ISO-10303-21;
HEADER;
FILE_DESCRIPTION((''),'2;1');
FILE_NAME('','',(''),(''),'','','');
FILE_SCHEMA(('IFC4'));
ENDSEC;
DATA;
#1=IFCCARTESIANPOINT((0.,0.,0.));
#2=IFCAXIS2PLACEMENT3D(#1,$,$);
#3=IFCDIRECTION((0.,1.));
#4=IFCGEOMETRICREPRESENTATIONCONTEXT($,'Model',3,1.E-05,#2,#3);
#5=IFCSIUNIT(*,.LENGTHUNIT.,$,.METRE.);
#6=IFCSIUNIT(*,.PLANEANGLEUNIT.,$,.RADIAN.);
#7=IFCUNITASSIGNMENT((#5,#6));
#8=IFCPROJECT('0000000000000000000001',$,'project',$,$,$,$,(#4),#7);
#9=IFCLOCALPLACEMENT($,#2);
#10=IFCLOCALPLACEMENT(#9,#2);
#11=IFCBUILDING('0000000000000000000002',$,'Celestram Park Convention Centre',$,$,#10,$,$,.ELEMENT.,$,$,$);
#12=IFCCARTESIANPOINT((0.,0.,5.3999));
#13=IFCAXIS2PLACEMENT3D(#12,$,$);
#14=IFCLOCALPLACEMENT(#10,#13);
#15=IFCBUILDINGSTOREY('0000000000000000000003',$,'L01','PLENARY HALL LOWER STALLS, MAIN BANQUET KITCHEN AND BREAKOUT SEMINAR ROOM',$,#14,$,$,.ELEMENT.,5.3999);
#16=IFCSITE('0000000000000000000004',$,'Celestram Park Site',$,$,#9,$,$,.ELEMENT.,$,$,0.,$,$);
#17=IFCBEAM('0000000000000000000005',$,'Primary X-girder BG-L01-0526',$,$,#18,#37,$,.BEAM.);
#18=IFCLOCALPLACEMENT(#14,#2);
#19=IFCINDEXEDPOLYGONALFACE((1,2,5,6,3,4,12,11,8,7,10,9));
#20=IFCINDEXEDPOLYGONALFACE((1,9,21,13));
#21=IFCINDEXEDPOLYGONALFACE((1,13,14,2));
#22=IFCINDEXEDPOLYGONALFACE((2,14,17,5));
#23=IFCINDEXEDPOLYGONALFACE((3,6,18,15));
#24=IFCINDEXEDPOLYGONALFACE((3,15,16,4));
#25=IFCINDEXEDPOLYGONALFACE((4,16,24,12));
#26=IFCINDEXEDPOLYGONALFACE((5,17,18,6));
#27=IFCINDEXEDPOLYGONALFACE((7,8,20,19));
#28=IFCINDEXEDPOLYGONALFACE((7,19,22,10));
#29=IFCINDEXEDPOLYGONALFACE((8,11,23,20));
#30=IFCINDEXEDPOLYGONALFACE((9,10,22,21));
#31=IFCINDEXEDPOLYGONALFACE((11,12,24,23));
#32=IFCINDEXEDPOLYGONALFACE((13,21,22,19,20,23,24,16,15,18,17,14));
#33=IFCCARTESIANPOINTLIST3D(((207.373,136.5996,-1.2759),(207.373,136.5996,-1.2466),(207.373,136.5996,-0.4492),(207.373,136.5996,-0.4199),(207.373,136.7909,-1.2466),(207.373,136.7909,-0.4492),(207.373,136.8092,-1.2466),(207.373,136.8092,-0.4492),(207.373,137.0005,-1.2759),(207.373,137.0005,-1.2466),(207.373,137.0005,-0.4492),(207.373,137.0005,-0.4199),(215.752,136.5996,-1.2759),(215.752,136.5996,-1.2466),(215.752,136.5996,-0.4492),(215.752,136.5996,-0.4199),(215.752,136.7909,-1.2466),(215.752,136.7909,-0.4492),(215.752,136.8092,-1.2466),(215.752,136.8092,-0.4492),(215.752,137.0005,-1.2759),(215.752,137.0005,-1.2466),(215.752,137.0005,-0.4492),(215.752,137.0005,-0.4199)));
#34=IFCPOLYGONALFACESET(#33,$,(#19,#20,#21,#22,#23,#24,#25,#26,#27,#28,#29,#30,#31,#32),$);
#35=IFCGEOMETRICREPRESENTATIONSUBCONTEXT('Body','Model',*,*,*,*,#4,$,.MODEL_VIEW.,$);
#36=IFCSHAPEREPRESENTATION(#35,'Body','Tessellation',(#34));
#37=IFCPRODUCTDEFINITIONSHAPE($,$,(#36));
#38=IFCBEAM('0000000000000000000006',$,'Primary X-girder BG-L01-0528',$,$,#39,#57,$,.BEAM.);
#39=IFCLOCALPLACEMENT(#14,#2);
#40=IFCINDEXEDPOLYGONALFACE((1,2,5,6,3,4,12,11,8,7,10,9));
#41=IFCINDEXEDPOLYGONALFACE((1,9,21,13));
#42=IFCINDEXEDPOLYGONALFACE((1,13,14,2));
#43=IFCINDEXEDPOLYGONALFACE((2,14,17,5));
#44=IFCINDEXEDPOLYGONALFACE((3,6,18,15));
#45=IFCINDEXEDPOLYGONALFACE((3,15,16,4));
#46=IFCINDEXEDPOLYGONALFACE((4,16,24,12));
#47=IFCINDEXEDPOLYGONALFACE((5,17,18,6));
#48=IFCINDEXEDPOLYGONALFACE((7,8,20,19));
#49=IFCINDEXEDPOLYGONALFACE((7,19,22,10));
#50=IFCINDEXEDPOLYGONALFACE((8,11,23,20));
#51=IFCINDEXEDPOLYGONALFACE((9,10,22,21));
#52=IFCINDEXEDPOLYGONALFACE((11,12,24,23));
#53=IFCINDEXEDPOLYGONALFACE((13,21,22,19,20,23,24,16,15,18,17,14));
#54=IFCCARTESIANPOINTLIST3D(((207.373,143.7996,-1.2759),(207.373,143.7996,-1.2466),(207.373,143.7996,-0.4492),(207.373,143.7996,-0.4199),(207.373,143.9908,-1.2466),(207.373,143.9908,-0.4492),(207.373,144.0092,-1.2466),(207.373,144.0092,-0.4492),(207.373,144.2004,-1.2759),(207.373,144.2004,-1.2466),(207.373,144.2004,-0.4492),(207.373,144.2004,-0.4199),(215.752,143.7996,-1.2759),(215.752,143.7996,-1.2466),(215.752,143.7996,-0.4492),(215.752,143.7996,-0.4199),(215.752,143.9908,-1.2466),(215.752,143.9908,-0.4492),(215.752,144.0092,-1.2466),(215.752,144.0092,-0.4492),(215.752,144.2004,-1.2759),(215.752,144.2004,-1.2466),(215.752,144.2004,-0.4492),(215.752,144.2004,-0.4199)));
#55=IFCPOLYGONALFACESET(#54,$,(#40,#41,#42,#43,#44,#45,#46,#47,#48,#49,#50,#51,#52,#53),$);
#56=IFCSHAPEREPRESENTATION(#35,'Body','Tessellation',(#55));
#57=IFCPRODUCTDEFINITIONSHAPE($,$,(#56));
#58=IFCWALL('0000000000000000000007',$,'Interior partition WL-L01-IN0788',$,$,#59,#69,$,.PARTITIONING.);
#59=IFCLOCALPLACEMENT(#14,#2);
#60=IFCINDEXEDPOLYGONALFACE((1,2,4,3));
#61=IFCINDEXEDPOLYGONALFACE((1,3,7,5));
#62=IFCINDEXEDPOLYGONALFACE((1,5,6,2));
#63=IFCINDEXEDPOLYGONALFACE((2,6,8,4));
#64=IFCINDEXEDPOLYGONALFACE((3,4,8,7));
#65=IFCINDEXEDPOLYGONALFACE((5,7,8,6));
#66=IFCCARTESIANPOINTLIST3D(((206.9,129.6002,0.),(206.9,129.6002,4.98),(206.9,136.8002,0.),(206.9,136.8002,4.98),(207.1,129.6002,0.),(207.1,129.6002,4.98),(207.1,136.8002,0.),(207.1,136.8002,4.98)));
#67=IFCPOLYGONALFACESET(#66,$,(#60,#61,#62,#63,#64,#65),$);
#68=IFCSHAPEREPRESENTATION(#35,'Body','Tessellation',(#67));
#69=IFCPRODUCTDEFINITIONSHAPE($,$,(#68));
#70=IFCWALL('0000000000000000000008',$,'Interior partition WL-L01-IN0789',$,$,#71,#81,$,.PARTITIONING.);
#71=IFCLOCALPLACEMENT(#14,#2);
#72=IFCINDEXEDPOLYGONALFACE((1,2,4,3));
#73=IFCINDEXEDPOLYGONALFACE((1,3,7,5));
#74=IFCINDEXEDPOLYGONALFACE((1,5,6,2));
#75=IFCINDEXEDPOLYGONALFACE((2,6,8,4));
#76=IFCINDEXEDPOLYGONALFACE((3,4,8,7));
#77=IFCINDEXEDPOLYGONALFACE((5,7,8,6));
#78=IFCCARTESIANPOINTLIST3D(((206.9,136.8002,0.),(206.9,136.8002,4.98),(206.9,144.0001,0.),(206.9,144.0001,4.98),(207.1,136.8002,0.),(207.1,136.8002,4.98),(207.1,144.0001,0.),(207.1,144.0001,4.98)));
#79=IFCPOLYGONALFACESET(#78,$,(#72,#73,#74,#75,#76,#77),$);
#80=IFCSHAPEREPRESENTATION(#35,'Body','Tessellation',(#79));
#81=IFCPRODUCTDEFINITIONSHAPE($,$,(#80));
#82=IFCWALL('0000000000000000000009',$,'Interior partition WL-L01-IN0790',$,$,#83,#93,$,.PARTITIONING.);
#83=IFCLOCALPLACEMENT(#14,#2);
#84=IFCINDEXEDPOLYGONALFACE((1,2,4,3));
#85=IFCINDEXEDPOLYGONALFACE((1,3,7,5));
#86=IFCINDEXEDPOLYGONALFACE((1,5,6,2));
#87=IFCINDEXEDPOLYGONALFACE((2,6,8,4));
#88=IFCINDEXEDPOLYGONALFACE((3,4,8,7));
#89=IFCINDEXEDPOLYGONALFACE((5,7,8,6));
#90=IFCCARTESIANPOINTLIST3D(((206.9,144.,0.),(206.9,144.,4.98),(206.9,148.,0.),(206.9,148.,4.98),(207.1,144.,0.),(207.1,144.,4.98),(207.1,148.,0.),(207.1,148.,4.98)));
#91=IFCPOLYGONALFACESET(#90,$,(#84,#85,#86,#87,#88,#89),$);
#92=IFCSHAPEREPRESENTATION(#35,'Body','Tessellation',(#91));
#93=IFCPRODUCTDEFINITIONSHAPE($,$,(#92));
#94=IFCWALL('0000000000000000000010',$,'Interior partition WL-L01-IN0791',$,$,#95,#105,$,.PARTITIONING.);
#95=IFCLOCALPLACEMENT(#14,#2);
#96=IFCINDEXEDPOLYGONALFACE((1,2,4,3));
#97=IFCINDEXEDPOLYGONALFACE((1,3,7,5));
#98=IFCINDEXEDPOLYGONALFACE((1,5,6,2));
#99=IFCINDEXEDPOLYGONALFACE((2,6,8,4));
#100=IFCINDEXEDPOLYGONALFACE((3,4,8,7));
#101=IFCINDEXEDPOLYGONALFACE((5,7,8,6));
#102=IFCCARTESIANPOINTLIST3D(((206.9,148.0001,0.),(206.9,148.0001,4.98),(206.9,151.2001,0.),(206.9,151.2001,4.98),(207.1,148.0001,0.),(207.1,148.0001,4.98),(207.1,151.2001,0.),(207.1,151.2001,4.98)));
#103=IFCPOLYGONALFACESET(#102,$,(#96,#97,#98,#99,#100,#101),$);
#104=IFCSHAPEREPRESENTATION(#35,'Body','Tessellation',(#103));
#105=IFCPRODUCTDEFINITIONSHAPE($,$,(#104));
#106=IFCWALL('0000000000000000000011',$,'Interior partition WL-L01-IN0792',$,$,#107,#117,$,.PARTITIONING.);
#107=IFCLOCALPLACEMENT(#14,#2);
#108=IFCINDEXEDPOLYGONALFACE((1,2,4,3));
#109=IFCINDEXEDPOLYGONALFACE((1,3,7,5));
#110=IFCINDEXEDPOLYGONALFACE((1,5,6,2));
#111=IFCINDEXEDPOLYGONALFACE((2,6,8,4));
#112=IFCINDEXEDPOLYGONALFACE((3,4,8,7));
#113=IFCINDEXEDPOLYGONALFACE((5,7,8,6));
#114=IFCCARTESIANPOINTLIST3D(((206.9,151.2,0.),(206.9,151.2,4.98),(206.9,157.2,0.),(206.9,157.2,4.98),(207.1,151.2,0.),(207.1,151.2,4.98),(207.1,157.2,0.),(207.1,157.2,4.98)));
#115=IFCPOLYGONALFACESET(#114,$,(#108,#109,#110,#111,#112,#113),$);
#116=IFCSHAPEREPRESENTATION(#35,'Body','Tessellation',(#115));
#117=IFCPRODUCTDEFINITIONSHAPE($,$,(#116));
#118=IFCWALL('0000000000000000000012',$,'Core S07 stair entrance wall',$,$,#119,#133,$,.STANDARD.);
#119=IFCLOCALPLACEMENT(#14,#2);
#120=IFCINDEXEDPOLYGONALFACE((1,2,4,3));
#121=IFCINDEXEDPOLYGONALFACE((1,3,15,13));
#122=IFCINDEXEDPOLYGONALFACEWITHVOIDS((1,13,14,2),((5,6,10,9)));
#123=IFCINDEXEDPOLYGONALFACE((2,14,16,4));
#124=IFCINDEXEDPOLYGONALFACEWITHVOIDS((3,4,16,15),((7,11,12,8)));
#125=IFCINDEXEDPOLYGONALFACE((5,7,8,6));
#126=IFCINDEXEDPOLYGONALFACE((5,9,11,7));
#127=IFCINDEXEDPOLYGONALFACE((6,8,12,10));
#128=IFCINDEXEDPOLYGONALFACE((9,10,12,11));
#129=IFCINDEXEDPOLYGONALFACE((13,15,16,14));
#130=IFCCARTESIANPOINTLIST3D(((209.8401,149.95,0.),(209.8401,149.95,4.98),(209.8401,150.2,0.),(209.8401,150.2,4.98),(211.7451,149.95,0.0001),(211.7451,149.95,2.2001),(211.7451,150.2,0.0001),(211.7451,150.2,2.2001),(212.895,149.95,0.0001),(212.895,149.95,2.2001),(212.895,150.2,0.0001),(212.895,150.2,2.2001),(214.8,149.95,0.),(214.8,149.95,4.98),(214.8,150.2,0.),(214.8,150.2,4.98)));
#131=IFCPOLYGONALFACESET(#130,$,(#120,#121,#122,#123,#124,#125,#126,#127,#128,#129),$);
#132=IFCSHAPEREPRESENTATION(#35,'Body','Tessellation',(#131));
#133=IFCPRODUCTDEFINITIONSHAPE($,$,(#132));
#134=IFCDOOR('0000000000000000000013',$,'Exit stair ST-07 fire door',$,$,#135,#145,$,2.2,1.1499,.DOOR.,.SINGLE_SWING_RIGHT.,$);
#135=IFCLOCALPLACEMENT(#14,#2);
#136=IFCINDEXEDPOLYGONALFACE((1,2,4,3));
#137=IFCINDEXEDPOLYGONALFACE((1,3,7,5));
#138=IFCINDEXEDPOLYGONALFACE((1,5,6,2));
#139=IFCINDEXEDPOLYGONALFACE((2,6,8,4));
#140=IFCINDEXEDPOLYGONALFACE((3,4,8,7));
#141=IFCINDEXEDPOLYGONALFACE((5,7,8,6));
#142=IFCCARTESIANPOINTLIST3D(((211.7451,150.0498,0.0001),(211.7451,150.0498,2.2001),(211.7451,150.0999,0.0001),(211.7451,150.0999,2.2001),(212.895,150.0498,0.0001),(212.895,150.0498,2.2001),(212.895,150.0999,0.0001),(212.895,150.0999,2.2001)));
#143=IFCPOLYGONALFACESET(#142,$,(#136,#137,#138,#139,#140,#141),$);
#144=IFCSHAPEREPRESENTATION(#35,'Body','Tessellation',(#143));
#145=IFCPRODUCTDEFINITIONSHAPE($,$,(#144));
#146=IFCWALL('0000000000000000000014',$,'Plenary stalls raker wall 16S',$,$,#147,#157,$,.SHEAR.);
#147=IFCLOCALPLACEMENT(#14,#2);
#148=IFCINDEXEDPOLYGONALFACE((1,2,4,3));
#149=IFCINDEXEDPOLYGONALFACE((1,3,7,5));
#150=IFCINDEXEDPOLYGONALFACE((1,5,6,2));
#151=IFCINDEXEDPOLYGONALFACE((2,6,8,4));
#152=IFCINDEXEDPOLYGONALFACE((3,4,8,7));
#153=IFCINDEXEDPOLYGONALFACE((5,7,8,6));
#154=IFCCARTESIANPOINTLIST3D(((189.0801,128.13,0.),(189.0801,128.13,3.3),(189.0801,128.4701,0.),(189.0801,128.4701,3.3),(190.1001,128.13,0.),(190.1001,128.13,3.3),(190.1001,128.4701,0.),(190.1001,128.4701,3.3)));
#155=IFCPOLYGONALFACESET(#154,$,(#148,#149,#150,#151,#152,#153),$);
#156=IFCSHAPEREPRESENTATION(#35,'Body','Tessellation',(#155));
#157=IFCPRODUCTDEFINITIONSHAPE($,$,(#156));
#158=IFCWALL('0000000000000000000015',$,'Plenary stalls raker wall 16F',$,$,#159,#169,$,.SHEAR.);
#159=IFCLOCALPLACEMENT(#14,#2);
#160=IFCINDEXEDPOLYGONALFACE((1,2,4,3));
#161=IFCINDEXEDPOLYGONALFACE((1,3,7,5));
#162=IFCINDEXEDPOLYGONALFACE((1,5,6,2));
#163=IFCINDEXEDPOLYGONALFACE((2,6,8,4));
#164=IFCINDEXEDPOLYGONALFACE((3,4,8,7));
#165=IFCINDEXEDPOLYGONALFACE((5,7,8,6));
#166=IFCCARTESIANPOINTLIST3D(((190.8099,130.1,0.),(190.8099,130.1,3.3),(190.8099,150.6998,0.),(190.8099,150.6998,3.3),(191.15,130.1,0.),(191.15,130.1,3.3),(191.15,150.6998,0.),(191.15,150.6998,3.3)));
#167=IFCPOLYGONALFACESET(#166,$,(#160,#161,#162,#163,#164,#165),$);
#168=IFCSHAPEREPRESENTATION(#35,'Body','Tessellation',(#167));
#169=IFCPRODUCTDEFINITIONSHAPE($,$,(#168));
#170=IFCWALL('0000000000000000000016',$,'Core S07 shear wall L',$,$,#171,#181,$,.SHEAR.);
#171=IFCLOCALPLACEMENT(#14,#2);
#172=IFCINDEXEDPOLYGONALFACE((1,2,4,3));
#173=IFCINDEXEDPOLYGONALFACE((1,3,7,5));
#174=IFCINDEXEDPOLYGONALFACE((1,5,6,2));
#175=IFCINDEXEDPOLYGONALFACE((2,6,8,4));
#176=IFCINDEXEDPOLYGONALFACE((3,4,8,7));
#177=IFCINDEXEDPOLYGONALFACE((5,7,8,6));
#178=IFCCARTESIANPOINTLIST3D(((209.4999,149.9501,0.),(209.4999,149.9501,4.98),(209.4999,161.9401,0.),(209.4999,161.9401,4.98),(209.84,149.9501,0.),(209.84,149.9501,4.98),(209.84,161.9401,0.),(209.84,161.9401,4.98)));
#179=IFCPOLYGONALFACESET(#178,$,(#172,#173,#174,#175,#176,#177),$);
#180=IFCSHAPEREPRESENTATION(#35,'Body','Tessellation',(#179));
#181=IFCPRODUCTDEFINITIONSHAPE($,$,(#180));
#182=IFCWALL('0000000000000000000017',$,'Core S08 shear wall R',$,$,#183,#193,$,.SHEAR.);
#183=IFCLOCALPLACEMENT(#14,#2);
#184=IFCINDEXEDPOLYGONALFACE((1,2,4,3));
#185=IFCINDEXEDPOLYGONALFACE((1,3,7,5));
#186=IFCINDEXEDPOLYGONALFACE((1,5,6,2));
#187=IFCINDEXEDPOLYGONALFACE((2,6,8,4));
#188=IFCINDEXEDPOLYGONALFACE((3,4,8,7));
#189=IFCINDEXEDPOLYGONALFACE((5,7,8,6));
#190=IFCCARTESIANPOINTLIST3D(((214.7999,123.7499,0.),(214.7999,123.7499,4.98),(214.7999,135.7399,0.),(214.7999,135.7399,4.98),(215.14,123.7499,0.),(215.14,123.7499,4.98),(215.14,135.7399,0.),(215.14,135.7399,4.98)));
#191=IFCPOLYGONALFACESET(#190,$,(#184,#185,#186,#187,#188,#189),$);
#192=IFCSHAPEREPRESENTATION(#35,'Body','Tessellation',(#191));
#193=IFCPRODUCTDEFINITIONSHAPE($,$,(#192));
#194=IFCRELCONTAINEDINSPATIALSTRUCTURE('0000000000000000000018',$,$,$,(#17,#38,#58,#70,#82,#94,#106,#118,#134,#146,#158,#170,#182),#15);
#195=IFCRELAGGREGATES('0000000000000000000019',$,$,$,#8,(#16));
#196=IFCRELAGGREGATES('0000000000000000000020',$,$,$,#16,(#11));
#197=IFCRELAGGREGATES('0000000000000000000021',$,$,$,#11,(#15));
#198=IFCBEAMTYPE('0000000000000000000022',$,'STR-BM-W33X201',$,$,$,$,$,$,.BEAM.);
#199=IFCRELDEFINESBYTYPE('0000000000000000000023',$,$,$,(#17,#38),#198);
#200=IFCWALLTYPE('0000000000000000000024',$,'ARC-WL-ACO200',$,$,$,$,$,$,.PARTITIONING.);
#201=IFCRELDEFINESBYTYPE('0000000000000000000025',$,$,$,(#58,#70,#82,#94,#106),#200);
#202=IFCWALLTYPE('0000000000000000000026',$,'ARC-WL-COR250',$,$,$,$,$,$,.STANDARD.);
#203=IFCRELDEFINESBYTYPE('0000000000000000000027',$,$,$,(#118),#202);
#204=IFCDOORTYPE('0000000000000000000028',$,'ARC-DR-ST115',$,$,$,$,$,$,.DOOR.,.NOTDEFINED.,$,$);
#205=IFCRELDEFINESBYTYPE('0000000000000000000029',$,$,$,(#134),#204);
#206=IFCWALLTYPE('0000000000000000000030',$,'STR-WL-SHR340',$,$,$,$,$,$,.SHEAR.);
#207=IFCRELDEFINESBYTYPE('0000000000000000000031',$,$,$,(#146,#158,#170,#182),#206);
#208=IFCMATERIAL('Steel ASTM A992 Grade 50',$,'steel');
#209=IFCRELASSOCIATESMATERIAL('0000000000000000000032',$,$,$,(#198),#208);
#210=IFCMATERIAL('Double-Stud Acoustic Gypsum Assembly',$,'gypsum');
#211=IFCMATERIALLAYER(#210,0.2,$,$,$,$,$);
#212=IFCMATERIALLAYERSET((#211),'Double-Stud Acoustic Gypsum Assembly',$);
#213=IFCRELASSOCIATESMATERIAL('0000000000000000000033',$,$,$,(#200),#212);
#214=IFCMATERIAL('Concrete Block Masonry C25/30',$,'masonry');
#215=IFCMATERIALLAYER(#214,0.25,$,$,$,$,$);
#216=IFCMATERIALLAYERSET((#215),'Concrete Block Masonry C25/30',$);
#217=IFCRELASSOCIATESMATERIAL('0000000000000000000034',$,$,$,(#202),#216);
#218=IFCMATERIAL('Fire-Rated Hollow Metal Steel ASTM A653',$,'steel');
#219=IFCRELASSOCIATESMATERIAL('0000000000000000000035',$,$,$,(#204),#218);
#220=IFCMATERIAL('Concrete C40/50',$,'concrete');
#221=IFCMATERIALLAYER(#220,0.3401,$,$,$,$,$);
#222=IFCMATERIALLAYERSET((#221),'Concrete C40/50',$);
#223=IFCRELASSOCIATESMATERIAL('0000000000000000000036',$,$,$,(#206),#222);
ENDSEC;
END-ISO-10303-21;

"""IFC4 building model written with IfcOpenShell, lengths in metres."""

from ifc_helpers import new_model, si_unit, direction, frame, frame_2d, origin, origin_2d, place, context, subcontext, project, spatial, rectangle, i_section, extrude, material, layer, layer_set, material_profile, profile_set, type_object, element, fill, save


model = new_model("IFC4")

# Units and contexts
model_context = context("Model", 3, precision=1e-05, world=origin(), true_north=direction((0.0, 1.0)))
body_context = subcontext(model_context, "Body", "Model", "MODEL_VIEW")
ifc_project = project(units=[si_unit("LENGTHUNIT", "METRE"), si_unit("PLANEANGLEUNIT", "RADIAN")], contexts=[model_context])

# Site, building, storey
site_placement = place(None, origin())
site = spatial("IfcSite", under=ifc_project, at=site_placement, Name="Celestram Park Site", CompositionType="ELEMENT", RefElevation=0.0)
building_placement = place(site_placement, origin())
building = spatial("IfcBuilding", under=site, at=building_placement, Name="Celestram Park Convention Centre", CompositionType="ELEMENT")
storey_placement = place(building_placement, frame((0.0, 0.0, 5.3999)))
storey = spatial("IfcBuildingStorey", under=building, at=storey_placement, Name="L01", Description="PLENARY HALL LOWER STALLS, MAIN BANQUET KITCHEN AND BREAKOUT SEMINAR ROOM", CompositionType="ELEMENT", Elevation=5.3999)

# Beams
ifc_material_1 = material(Name="Steel ASTM A992 Grade 50", Category="steel")
ifc_material_profile_1 = material_profile(ifc_material_1, i_section(OverallWidth=0.4009, OverallDepth=0.856, WebThickness=0.0183, FlangeThickness=0.0293, at=origin_2d()), Name="W33X201")
ifc_profile_set_1 = profile_set([ifc_material_profile_1], Name="Steel ASTM A992 Grade 50")
beam_type_1 = type_object("IfcBeamType", Name="STR-BM-W33X201", PredefinedType="BEAM", material=ifc_profile_set_1)
for number, where, z_axis, x_axis, name in (
    (1, (207.373, 136.8, -0.8479), (1.0, 0.0, 0.0), (0.0, 1.0, 0.0), "Primary X-girder BG-L01-0526"),
    (2, (207.373, 144.0, -0.8479), (1.0, 0.0, 0.0), (0.0, 1.0, 0.0), "Primary X-girder BG-L01-0528"),
):
    element("IfcBeam", number, at=place(storey_placement, frame(where, z_axis=z_axis, x_axis=x_axis)), inside=storey, type_object=beam_type_1, Name=name, PredefinedType="BEAM", context=body_context, shape_type="SweptSolid", body=[
        extrude(i_section(OverallWidth=0.4009, OverallDepth=0.856, WebThickness=0.0183, FlangeThickness=0.0293, at=origin_2d()), origin(), (0.0, 0.0, 1.0), 8.3789),
    ])

# Walls
ifc_material_2 = material(Name="Double-Stud Acoustic Gypsum Assembly", Category="gypsum")
ifc_layer_1 = layer(ifc_material_2, 0.2)
ifc_layer_set_1 = layer_set([ifc_layer_1], Name="Double-Stud Acoustic Gypsum Assembly")
wall_type_1 = type_object("IfcWallType", Name="ARC-WL-ACO200", PredefinedType="PARTITIONING", material=ifc_layer_set_1)
for number, where, z_axis, x_axis, name in (
    (3, (207.0, 129.6001, 0.0), (0.0, 0.0, 1.0), (0.0, 1.0, 0.0), "Interior partition WL-L01-IN0788"),
    (4, (207.0, 136.8, 0.0), (0.0, 0.0, 1.0), (0.0, 1.0, 0.0), "Interior partition WL-L01-IN0789"),
):
    element("IfcWall", number, at=place(storey_placement, frame(where, z_axis=z_axis, x_axis=x_axis)), inside=storey, type_object=wall_type_1, Name=name, PredefinedType="PARTITIONING", context=body_context, shape_type="SweptSolid", body=[
        extrude(rectangle(XDim=7.2, YDim=0.2, at=frame_2d((3.6001, 0.0))), origin(), (0.0, 0.0, 1.0), 4.98),
    ])
wall_1_placement = place(storey_placement, frame((207.0, 144.0, 0.0), z_axis=(0.0, 0.0, 1.0), x_axis=(0.0, 1.0, 0.0)))
element("IfcWall", 5, at=wall_1_placement, inside=storey, type_object=wall_type_1, Name="Interior partition WL-L01-IN0790", PredefinedType="PARTITIONING", context=body_context, shape_type="SweptSolid", body=[
    extrude(rectangle(XDim=4.0, YDim=0.2, at=frame_2d((2.0, 0.0))), origin(), (0.0, 0.0, 1.0), 4.98),
])
wall_2_placement = place(storey_placement, frame((207.0, 148.0, 0.0), z_axis=(0.0, 0.0, 1.0), x_axis=(0.0, 1.0, 0.0)))
element("IfcWall", 6, at=wall_2_placement, inside=storey, type_object=wall_type_1, Name="Interior partition WL-L01-IN0791", PredefinedType="PARTITIONING", context=body_context, shape_type="SweptSolid", body=[
    extrude(rectangle(XDim=3.2, YDim=0.2, at=frame_2d((1.6001, 0.0))), origin(), (0.0, 0.0, 1.0), 4.98),
])
wall_3_placement = place(storey_placement, frame((207.0, 151.2, 0.0), z_axis=(0.0, 0.0, 1.0), x_axis=(0.0, 1.0, 0.0)))
element("IfcWall", 7, at=wall_3_placement, inside=storey, type_object=wall_type_1, Name="Interior partition WL-L01-IN0792", PredefinedType="PARTITIONING", context=body_context, shape_type="SweptSolid", body=[
    extrude(rectangle(XDim=6.0, YDim=0.2, at=frame_2d((3.0, 0.0))), origin(), (0.0, 0.0, 1.0), 4.98),
])

# Wall, opening, door
ifc_material_3 = material(Name="Concrete Block Masonry C25/30", Category="masonry")
ifc_layer_2 = layer(ifc_material_3, 0.25)
ifc_layer_set_2 = layer_set([ifc_layer_2], Name="Concrete Block Masonry C25/30")
wall_type_2 = type_object("IfcWallType", Name="ARC-WL-COR250", PredefinedType="STANDARD", material=ifc_layer_set_2)
wall_4_placement = place(storey_placement, frame((209.8401, 150.075, 0.0), z_axis=(0.0, 0.0, 1.0), x_axis=(1.0, 0.0, 0.0)))
wall_4 = element("IfcWall", 8, at=wall_4_placement, inside=storey, type_object=wall_type_2, Name="Core S07 stair entrance wall", PredefinedType="STANDARD", context=body_context, shape_type="SweptSolid", body=[
    extrude(rectangle(XDim=4.96, YDim=0.25, at=frame_2d((2.48, 0.0))), origin(), (0.0, 0.0, 1.0), 4.98),
])
opening_placement = place(wall_4_placement, frame((1.905, 0.0, 0.0)))
opening = element("IfcOpeningElement", 9, at=opening_placement, cuts=wall_4, PredefinedType="OPENING", context=body_context, shape_type="SweptSolid", body=[
    extrude(rectangle(XDim=1.1499, YDim=2.2, at=frame_2d((0.575, 1.1001))), frame((0.0, 0.135, 0.0), z_axis=(0.0, -1.0, 0.0), x_axis=(1.0, 0.0, 0.0)), (0.0, 0.0, 1.0), 0.27),
])
ifc_material_4 = material(Name="Fire-Rated Hollow Metal Steel ASTM A653", Category="steel")
door_type = type_object("IfcDoorType", Name="ARC-DR-ST115", OperationType="NOTDEFINED", PredefinedType="DOOR", material=ifc_material_4)
door_placement = place(opening_placement, origin())
door = element("IfcDoor", 10, at=door_placement, inside=storey, type_object=door_type, Name="Exit stair ST-07 fire door", OperationType="SINGLE_SWING_RIGHT", OverallHeight=2.2, OverallWidth=1.1499, PredefinedType="DOOR", context=body_context, shape_type="SweptSolid", body=[
    extrude(rectangle(XDim=1.1499, YDim=2.2, at=frame_2d((0.575, 1.1001))), frame((0.0, 0.0249, 0.0), z_axis=(0.0, -1.0, 0.0), x_axis=(1.0, 0.0, 0.0)), (0.0, 0.0, 1.0), 0.05),
])
fill(opening, door)

# Walls
ifc_material_5 = material(Name="Concrete C40/50", Category="concrete")
ifc_layer_3 = layer(ifc_material_5, 0.3401)
ifc_layer_set_3 = layer_set([ifc_layer_3], Name="Concrete C40/50")
wall_type_3 = type_object("IfcWallType", Name="STR-WL-SHR340", PredefinedType="SHEAR", material=ifc_layer_set_3)
wall_5_placement = place(storey_placement, frame((189.0801, 128.3, 0.0), z_axis=(0.0, 0.0, 1.0), x_axis=(1.0, 0.0, 0.0)))
element("IfcWall", 11, at=wall_5_placement, inside=storey, type_object=wall_type_3, Name="Plenary stalls raker wall 16S", PredefinedType="SHEAR", context=body_context, shape_type="SweptSolid", body=[
    extrude(rectangle(XDim=1.02, YDim=0.3401, at=frame_2d((0.51, 0.0))), origin(), (0.0, 0.0, 1.0), 3.3),
])
wall_6_placement = place(storey_placement, frame((190.98, 130.1001, 0.0), z_axis=(0.0, 0.0, 1.0), x_axis=(0.0, 1.0, 0.0)))
element("IfcWall", 12, at=wall_6_placement, inside=storey, type_object=wall_type_3, Name="Plenary stalls raker wall 16F", PredefinedType="SHEAR", context=body_context, shape_type="SweptSolid", body=[
    extrude(rectangle(XDim=20.5999, YDim=0.3401, at=frame_2d((10.2998, 0.0))), origin(), (0.0, 0.0, 1.0), 3.3),
])
for number, where, z_axis, x_axis, name in (
    (13, (209.6699, 149.95, 0.0), (0.0, 0.0, 1.0), (0.0, 1.0, 0.0), "Core S07 shear wall L"),
    (14, (214.97, 135.74, 0.0), (0.0, 0.0, 1.0), (0.0, -1.0, 0.0), "Core S08 shear wall R"),
):
    element("IfcWall", number, at=place(storey_placement, frame(where, z_axis=z_axis, x_axis=x_axis)), inside=storey, type_object=wall_type_3, Name=name, PredefinedType="SHEAR", context=body_context, shape_type="SweptSolid", body=[
        extrude(rectangle(XDim=11.99, YDim=0.3401, at=frame_2d((5.9951, 0.0))), origin(), (0.0, 0.0, 1.0), 4.98),
    ])

save(model, "model.ifc")
